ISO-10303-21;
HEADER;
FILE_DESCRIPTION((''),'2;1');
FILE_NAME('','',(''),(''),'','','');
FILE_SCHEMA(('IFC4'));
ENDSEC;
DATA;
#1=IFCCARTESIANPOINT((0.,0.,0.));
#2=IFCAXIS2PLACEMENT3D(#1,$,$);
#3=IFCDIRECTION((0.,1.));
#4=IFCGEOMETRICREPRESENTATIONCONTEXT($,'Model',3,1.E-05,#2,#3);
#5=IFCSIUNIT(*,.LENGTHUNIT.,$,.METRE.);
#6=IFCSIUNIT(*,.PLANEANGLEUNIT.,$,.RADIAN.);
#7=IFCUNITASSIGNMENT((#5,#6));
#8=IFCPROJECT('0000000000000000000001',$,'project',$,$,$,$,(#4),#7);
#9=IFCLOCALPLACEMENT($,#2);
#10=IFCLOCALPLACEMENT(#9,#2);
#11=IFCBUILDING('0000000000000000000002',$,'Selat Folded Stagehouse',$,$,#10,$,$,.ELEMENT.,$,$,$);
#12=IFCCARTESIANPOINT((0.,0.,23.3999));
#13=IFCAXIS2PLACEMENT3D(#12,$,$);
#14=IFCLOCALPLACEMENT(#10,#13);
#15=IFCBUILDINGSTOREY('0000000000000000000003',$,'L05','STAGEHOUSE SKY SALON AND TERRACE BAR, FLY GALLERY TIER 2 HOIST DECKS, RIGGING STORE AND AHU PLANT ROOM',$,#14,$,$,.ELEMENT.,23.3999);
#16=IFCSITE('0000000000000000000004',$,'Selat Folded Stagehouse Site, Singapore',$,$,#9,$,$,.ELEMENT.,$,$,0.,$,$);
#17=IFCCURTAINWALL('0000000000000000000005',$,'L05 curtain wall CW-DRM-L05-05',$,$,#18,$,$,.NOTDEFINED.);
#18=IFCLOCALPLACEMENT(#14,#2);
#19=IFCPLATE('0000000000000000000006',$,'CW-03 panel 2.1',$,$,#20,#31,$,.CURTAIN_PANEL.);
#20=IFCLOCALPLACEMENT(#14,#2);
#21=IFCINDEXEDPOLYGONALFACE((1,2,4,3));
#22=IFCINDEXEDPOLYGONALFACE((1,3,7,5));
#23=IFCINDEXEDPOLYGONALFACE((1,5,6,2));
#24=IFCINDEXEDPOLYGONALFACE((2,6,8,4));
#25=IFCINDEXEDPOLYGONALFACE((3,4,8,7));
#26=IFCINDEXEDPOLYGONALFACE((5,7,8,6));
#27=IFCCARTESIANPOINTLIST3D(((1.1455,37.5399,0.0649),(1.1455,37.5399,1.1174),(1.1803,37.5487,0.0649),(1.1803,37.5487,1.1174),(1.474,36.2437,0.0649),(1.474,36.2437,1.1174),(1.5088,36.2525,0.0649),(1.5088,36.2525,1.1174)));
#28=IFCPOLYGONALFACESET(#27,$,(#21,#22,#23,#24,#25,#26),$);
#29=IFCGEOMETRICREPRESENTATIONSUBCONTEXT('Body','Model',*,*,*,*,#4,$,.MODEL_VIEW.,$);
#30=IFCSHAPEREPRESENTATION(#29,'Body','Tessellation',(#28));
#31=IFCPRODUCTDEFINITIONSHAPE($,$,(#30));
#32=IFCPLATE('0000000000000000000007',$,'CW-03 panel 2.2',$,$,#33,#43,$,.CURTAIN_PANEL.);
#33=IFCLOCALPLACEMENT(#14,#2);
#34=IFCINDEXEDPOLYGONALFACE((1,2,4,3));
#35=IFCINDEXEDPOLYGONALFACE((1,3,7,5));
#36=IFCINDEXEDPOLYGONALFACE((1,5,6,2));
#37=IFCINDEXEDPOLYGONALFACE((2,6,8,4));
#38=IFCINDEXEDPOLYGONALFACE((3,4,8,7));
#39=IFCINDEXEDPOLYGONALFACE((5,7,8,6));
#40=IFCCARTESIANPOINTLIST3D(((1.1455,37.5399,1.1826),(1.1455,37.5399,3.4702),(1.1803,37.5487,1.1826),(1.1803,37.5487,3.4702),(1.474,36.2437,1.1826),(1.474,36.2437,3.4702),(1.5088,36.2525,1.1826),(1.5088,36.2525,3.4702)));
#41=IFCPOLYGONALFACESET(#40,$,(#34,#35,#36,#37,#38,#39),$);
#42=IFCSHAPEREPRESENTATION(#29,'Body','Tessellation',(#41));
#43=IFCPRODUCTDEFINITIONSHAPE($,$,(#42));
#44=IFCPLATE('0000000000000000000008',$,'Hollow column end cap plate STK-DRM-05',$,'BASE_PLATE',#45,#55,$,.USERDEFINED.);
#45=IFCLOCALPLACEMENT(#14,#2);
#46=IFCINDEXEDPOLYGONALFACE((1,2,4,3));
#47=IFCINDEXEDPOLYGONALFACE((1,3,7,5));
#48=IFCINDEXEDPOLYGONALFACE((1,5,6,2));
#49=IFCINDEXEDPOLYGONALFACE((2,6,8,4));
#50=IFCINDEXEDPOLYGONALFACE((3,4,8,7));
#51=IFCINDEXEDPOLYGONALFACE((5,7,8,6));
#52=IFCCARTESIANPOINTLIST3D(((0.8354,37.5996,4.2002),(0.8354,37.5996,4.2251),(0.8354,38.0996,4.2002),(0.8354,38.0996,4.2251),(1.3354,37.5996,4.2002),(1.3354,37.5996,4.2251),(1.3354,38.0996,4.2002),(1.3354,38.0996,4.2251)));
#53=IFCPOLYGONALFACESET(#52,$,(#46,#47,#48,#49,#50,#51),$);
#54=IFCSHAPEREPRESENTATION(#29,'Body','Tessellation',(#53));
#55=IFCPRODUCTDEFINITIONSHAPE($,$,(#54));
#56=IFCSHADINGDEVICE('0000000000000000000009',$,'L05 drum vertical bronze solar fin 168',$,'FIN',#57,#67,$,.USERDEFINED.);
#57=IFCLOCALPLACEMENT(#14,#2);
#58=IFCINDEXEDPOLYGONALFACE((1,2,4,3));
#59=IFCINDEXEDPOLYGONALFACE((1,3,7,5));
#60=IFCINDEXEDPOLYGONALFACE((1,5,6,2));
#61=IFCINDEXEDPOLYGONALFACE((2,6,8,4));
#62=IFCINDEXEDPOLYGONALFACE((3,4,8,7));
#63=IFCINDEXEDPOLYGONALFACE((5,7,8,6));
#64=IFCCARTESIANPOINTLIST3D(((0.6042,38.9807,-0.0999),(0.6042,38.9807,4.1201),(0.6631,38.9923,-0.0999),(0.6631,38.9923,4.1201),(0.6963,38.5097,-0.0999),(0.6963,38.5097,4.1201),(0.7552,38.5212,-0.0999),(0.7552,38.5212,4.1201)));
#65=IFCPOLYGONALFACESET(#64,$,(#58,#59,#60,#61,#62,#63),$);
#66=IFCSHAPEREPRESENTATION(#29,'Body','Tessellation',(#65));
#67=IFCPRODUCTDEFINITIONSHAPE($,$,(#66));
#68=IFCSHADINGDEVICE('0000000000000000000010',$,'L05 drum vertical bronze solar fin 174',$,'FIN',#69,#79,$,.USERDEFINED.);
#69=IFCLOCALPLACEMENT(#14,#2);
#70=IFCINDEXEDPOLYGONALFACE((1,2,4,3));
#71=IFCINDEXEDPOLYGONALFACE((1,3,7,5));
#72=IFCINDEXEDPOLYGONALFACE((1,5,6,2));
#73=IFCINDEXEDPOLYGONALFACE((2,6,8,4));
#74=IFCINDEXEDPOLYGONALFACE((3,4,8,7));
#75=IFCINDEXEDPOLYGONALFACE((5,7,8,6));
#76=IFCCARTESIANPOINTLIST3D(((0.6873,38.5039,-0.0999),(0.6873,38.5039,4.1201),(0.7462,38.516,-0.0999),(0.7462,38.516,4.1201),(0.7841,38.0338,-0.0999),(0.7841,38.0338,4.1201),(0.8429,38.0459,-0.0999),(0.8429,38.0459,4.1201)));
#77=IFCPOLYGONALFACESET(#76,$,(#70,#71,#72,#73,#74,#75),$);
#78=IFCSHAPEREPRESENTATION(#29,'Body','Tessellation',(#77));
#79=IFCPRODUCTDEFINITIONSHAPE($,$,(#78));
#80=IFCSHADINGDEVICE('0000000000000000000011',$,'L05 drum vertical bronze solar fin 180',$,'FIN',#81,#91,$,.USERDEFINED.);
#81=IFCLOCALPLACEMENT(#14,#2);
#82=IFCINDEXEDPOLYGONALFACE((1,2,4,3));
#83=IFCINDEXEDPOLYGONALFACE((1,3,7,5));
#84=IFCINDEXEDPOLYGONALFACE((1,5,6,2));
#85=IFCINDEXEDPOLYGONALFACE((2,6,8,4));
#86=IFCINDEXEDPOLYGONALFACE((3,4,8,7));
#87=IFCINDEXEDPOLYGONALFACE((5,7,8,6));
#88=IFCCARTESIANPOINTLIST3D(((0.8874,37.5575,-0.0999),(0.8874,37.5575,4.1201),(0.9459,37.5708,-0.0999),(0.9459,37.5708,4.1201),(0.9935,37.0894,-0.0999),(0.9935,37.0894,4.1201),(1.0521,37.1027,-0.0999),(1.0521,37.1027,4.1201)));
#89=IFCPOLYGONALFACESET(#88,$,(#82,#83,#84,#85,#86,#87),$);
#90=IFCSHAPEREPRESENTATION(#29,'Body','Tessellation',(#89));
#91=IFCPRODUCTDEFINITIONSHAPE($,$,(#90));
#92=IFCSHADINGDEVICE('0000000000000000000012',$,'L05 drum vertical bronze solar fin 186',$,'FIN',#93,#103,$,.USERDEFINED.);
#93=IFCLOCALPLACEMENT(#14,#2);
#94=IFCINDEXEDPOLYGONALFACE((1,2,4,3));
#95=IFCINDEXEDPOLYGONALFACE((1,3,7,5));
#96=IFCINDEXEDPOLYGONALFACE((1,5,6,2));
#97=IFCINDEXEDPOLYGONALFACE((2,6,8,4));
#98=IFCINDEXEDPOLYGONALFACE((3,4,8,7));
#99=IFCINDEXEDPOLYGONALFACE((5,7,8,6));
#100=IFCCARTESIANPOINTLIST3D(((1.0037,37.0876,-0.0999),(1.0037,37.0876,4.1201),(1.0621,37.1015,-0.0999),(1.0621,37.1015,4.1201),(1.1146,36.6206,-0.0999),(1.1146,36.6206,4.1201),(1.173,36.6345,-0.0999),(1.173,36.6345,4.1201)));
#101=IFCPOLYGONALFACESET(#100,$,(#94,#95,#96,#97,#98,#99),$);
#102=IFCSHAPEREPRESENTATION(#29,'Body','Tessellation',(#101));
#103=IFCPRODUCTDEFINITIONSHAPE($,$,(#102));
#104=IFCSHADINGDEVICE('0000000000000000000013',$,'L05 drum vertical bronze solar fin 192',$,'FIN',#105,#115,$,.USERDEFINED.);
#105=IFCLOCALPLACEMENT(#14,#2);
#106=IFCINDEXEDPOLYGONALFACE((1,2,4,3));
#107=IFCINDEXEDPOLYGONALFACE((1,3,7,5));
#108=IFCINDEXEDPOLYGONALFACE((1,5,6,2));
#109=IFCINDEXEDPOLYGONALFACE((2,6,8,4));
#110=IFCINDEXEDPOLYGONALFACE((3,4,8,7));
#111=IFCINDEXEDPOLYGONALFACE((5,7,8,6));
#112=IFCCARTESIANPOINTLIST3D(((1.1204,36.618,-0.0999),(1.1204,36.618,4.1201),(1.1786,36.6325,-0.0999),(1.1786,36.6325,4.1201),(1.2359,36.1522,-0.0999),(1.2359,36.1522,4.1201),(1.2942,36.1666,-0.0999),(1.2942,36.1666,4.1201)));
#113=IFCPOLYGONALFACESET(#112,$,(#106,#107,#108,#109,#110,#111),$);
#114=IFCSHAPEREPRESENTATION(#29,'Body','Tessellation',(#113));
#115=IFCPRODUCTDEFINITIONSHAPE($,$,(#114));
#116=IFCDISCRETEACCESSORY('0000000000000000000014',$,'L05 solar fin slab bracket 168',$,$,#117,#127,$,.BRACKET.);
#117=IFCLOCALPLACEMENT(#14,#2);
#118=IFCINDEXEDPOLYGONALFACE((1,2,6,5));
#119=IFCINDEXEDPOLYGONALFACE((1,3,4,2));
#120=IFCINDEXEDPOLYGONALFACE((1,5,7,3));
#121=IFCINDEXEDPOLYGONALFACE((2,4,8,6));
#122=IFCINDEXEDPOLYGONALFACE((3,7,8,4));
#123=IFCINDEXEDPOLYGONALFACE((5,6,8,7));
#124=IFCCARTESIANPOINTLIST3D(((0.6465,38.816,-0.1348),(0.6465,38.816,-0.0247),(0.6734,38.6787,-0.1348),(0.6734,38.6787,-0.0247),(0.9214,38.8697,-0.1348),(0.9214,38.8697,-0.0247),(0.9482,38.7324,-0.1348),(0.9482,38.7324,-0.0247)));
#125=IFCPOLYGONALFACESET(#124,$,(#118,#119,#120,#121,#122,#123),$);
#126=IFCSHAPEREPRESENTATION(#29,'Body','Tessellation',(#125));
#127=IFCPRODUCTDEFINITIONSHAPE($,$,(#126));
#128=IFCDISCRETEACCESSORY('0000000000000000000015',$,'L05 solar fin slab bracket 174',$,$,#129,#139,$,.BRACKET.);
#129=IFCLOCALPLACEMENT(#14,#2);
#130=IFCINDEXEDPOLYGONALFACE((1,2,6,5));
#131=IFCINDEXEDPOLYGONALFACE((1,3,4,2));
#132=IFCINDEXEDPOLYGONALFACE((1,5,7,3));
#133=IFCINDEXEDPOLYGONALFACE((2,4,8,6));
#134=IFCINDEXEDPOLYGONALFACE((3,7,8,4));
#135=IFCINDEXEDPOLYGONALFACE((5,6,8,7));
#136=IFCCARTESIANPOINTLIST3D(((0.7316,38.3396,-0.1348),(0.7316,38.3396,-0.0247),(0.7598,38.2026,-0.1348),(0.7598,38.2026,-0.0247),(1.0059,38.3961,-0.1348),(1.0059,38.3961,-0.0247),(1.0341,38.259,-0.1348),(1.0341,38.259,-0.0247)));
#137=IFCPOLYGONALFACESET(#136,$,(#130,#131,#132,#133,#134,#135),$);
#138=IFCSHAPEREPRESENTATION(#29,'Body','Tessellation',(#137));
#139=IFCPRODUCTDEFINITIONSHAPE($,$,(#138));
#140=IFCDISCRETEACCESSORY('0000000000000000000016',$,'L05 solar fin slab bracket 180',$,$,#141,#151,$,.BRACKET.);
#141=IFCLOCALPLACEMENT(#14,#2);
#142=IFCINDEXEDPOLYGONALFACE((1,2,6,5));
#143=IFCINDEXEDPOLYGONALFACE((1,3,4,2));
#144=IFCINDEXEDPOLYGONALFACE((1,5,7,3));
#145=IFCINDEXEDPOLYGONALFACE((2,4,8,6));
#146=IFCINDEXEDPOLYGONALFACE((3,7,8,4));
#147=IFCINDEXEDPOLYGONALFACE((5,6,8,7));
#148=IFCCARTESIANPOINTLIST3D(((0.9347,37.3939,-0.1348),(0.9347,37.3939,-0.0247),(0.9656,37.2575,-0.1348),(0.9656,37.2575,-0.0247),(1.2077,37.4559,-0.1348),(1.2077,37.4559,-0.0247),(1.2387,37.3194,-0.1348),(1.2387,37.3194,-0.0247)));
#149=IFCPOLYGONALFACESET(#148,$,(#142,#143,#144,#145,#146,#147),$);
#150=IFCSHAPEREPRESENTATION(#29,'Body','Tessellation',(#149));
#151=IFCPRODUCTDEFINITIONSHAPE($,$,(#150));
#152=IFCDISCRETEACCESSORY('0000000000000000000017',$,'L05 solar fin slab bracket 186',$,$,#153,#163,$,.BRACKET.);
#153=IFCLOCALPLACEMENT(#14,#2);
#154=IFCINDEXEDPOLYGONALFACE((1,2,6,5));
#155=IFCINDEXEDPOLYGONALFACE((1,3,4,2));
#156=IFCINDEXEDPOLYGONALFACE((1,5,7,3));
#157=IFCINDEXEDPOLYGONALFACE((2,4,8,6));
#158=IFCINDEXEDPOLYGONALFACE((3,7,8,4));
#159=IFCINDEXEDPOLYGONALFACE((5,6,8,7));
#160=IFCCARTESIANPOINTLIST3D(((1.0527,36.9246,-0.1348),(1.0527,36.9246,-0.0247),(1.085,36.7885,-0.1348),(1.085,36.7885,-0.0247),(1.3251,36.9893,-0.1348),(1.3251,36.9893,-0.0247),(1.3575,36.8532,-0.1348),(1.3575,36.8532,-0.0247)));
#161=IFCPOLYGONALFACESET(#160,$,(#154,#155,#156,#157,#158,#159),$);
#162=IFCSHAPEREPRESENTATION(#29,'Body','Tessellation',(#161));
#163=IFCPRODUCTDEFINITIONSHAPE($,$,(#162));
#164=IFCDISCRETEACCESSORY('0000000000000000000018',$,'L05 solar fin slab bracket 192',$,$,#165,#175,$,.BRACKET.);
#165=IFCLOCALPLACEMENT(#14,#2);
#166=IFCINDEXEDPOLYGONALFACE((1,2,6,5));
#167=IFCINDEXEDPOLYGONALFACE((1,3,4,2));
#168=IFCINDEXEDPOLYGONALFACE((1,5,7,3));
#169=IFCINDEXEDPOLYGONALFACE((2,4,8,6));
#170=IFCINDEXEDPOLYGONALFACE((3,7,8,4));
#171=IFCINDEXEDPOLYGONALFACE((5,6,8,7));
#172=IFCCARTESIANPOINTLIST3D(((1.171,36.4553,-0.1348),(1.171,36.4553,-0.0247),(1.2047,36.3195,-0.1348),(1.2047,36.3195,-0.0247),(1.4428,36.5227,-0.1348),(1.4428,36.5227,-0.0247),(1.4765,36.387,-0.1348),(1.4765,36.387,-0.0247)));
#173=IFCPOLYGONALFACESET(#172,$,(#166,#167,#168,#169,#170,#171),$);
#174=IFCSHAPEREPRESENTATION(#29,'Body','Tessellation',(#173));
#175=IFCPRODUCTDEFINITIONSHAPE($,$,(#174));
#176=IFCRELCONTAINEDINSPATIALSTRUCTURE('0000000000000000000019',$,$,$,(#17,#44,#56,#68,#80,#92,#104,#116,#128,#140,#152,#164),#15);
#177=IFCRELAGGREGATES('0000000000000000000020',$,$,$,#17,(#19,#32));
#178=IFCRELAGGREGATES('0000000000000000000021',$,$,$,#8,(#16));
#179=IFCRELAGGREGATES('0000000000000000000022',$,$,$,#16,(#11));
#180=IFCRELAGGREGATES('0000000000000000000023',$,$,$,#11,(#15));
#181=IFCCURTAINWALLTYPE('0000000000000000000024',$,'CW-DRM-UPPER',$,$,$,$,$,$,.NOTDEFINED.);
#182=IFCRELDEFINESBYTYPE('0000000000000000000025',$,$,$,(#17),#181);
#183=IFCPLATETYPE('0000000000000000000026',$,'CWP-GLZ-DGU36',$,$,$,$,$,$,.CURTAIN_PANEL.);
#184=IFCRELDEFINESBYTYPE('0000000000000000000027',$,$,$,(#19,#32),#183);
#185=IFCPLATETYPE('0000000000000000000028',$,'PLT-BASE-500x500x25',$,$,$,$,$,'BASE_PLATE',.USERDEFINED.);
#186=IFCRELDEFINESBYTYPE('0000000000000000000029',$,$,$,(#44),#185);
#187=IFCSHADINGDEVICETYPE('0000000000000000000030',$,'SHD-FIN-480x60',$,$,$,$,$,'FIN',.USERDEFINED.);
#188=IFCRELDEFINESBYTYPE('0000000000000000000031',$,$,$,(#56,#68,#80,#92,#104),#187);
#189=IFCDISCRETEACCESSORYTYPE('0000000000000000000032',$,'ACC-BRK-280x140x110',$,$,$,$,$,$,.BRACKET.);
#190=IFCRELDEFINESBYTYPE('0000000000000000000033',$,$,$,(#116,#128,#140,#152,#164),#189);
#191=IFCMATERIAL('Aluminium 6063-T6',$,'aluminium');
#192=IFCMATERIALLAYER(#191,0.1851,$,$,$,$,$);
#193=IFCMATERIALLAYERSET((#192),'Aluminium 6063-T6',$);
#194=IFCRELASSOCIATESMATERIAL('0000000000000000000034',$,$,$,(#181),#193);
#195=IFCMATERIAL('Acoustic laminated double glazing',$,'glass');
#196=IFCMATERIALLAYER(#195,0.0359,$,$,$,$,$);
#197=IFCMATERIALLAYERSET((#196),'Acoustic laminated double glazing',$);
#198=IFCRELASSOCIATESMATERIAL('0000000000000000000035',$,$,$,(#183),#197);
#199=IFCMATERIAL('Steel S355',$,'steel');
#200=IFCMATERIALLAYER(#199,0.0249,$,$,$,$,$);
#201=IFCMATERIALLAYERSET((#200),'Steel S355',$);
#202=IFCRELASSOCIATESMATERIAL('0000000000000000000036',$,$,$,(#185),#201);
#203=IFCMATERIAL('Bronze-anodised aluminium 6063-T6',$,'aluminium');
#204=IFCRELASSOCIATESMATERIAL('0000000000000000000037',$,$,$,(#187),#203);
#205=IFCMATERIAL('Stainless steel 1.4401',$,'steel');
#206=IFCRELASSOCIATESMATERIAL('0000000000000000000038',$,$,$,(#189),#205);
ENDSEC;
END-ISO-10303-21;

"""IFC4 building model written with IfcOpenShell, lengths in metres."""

from ifc_helpers import new_model, si_unit, direction, frame, origin, origin_2d, place, context, subcontext, project, spatial, rectangle, extrude, material, layer, layer_set, material_profile, profile_set, type_object, element, aggregate, save


model = new_model("IFC4")

# Units and contexts
model_context = context("Model", 3, precision=1e-05, world=origin(), true_north=direction((0.0, 1.0)))
body_context = subcontext(model_context, "Body", "Model", "MODEL_VIEW")
ifc_project = project(units=[si_unit("LENGTHUNIT", "METRE"), si_unit("PLANEANGLEUNIT", "RADIAN")], contexts=[model_context])

# Site, building, storey
site_placement = place(None, origin())
site = spatial("IfcSite", under=ifc_project, at=site_placement, Name="Selat Folded Stagehouse Site, Singapore", CompositionType="ELEMENT", RefElevation=0.0)
building_placement = place(site_placement, origin())
building = spatial("IfcBuilding", under=site, at=building_placement, Name="Selat Folded Stagehouse", CompositionType="ELEMENT")
storey_placement = place(building_placement, frame((0.0, 0.0, 23.3999)))
storey = spatial("IfcBuildingStorey", under=building, at=storey_placement, Name="L05", Description="STAGEHOUSE SKY SALON AND TERRACE BAR, FLY GALLERY TIER 2 HOIST DECKS, RIGGING STORE AND AHU PLANT ROOM", CompositionType="ELEMENT", Elevation=23.3999)

# Shared definitions
ifc_material_1 = material(Name="Steel S355", Category="steel")

# Curtain wall
ifc_material_2 = material(Name="Aluminium 6063-T6", Category="aluminium")
ifc_layer_1 = layer(ifc_material_2, 0.1851)
ifc_layer_set_1 = layer_set([ifc_layer_1], Name="Aluminium 6063-T6")
curtain_wall_type = type_object("IfcCurtainWallType", Name="CW-DRM-UPPER", PredefinedType="NOTDEFINED", material=ifc_layer_set_1)
curtain_wall_1_placement = place(storey_placement, origin())
curtain_wall_1 = element("IfcCurtainWall", 1, at=curtain_wall_1_placement, inside=storey, type_object=curtain_wall_type, Name="L05 curtain wall CW-DRM-L05-05", PredefinedType="NOTDEFINED")

# Plates
ifc_material_3 = material(Name="Acoustic laminated double glazing", Category="glass")
ifc_layer_2 = layer(ifc_material_3, 0.0359)
ifc_layer_set_2 = layer_set([ifc_layer_2], Name="Acoustic laminated double glazing")
plate_type_1 = type_object("IfcPlateType", Name="CWP-GLZ-DGU36", PredefinedType="CURTAIN_PANEL", material=ifc_layer_set_2)
plate_1_placement = place(storey_placement, frame((1.3271, 36.8962, 0.0649), z_axis=(0.0, 0.0, 1.0), x_axis=(-0.245618, 0.969367, 0.0)))
plate_1 = element("IfcPlate", 2, at=plate_1_placement, type_object=plate_type_1, Name="CW-03 panel 2.1", PredefinedType="CURTAIN_PANEL", context=body_context, shape_type="SweptSolid", body=[
    extrude(rectangle(XDim=1.3372, YDim=0.0359, at=origin_2d()), origin(), (0.0, 0.0, 1.0), 1.0525),
])
plate_2_placement = place(storey_placement, frame((1.3271, 36.8962, 1.1826), z_axis=(0.0, 0.0, 1.0), x_axis=(-0.245618, 0.969367, 0.0)))
plate_2 = element("IfcPlate", 3, at=plate_2_placement, type_object=plate_type_1, Name="CW-03 panel 2.2", PredefinedType="CURTAIN_PANEL", context=body_context, shape_type="SweptSolid", body=[
    extrude(rectangle(XDim=1.3372, YDim=0.0359, at=origin_2d()), origin(), (0.0, 0.0, 1.0), 2.2876),
])
aggregate(curtain_wall_1, [plate_1, plate_2])
ifc_layer_3 = layer(ifc_material_1, 0.0249)
ifc_layer_set_3 = layer_set([ifc_layer_3], Name="Steel S355")
plate_type_2 = type_object("IfcPlateType", Name="PLT-BASE-500x500x25", ElementType="BASE_PLATE", PredefinedType="USERDEFINED", material=ifc_layer_set_3)
plate_3_placement = place(storey_placement, frame((1.0854, 37.8496, 4.2002), z_axis=(0.0, 0.0, 1.0), x_axis=(1.0, 0.0, 0.0)))
element("IfcPlate", 4, at=plate_3_placement, inside=storey, type_object=plate_type_2, Name="Hollow column end cap plate STK-DRM-05", ObjectType="BASE_PLATE", PredefinedType="USERDEFINED", context=body_context, shape_type="SweptSolid", body=[
    extrude(rectangle(XDim=0.5, YDim=0.5, at=origin_2d()), origin(), (0.0, 0.0, 1.0), 0.0249),
])

# Shading devices
ifc_material_4 = material(Name="Bronze-anodised aluminium 6063-T6", Category="aluminium")
ifc_material_profile_1 = material_profile(ifc_material_4, rectangle(XDim=0.0601, YDim=0.48, at=origin_2d()), Name="SOLAR-FIN 480x60")
ifc_profile_set_1 = profile_set([ifc_material_profile_1], Name="Bronze-anodised aluminium 6063-T6")
shading_device_type = type_object("IfcShadingDeviceType", Name="SHD-FIN-480x60", ElementType="FIN", PredefinedType="USERDEFINED", material=ifc_profile_set_1)
for number, where, z_axis, x_axis, name in (
    (5, (0.6797, 38.751, -0.0999), (0.0, 0.0, 1.0), (-0.981427, -0.191837, 0.0), "L05 drum vertical bronze solar fin 168"),
    (6, (0.7651, 38.2749, -0.0999), (0.0, 0.0, 1.0), (-0.97947, -0.201591, 0.0), "L05 drum vertical bronze solar fin 174"),
    (7, (0.9697, 37.3301, -0.0999), (0.0, 0.0, 1.0), (-0.975227, -0.221208, 0.0), "L05 drum vertical bronze solar fin 180"),
    (8, (1.0884, 36.8611, -0.0999), (0.0, 0.0, 1.0), (-0.972937, -0.231069, 0.0), "L05 drum vertical bronze solar fin 186"),
    (9, (1.2073, 36.3923, -0.0999), (0.0, 0.0, 1.0), (-0.970591, -0.240736, 0.0), "L05 drum vertical bronze solar fin 192"),
):
    element("IfcShadingDevice", number, at=place(storey_placement, frame(where, z_axis=z_axis, x_axis=x_axis)), inside=storey, type_object=shading_device_type, Name=name, ObjectType="FIN", PredefinedType="USERDEFINED", context=body_context, shape_type="SweptSolid", body=[
        extrude(rectangle(XDim=0.0601, YDim=0.48, at=origin_2d()), origin(), (0.0, 0.0, 1.0), 4.22),
    ])

# Discrete accessories
ifc_material_5 = material(Name="Stainless steel 1.4401", Category="steel")
discrete_accessory_type = type_object("IfcDiscreteAccessoryType", Name="ACC-BRK-280x140x110", PredefinedType="BRACKET", material=ifc_material_5)
for number, where, z_axis, x_axis, name in (
    (10, (0.7974, 38.7742, -0.1348), (0.0, 0.0, 1.0), (-0.981427, -0.191837, 0.0), "L05 solar fin slab bracket 168"),
    (11, (0.8828, 38.2993, -0.1348), (0.0, 0.0, 1.0), (-0.97947, -0.201591, 0.0), "L05 solar fin slab bracket 174"),
    (12, (1.0867, 37.3567, -0.1348), (0.0, 0.0, 1.0), (-0.975227, -0.221208, 0.0), "L05 solar fin slab bracket 180"),
    (13, (1.2051, 36.8889, -0.1348), (0.0, 0.0, 1.0), (-0.972937, -0.231069, 0.0), "L05 solar fin slab bracket 186"),
    (14, (1.3237, 36.4211, -0.1348), (0.0, 0.0, 1.0), (-0.970591, -0.240736, 0.0), "L05 solar fin slab bracket 192"),
):
    element("IfcDiscreteAccessory", number, at=place(storey_placement, frame(where, z_axis=z_axis, x_axis=x_axis)), inside=storey, type_object=discrete_accessory_type, Name=name, PredefinedType="BRACKET", context=body_context, shape_type="SweptSolid", body=[
        extrude(rectangle(XDim=0.28, YDim=0.1399, at=origin_2d()), origin(), (0.0, 0.0, 1.0), 0.1101),
    ])

save(model, "model.ifc")
